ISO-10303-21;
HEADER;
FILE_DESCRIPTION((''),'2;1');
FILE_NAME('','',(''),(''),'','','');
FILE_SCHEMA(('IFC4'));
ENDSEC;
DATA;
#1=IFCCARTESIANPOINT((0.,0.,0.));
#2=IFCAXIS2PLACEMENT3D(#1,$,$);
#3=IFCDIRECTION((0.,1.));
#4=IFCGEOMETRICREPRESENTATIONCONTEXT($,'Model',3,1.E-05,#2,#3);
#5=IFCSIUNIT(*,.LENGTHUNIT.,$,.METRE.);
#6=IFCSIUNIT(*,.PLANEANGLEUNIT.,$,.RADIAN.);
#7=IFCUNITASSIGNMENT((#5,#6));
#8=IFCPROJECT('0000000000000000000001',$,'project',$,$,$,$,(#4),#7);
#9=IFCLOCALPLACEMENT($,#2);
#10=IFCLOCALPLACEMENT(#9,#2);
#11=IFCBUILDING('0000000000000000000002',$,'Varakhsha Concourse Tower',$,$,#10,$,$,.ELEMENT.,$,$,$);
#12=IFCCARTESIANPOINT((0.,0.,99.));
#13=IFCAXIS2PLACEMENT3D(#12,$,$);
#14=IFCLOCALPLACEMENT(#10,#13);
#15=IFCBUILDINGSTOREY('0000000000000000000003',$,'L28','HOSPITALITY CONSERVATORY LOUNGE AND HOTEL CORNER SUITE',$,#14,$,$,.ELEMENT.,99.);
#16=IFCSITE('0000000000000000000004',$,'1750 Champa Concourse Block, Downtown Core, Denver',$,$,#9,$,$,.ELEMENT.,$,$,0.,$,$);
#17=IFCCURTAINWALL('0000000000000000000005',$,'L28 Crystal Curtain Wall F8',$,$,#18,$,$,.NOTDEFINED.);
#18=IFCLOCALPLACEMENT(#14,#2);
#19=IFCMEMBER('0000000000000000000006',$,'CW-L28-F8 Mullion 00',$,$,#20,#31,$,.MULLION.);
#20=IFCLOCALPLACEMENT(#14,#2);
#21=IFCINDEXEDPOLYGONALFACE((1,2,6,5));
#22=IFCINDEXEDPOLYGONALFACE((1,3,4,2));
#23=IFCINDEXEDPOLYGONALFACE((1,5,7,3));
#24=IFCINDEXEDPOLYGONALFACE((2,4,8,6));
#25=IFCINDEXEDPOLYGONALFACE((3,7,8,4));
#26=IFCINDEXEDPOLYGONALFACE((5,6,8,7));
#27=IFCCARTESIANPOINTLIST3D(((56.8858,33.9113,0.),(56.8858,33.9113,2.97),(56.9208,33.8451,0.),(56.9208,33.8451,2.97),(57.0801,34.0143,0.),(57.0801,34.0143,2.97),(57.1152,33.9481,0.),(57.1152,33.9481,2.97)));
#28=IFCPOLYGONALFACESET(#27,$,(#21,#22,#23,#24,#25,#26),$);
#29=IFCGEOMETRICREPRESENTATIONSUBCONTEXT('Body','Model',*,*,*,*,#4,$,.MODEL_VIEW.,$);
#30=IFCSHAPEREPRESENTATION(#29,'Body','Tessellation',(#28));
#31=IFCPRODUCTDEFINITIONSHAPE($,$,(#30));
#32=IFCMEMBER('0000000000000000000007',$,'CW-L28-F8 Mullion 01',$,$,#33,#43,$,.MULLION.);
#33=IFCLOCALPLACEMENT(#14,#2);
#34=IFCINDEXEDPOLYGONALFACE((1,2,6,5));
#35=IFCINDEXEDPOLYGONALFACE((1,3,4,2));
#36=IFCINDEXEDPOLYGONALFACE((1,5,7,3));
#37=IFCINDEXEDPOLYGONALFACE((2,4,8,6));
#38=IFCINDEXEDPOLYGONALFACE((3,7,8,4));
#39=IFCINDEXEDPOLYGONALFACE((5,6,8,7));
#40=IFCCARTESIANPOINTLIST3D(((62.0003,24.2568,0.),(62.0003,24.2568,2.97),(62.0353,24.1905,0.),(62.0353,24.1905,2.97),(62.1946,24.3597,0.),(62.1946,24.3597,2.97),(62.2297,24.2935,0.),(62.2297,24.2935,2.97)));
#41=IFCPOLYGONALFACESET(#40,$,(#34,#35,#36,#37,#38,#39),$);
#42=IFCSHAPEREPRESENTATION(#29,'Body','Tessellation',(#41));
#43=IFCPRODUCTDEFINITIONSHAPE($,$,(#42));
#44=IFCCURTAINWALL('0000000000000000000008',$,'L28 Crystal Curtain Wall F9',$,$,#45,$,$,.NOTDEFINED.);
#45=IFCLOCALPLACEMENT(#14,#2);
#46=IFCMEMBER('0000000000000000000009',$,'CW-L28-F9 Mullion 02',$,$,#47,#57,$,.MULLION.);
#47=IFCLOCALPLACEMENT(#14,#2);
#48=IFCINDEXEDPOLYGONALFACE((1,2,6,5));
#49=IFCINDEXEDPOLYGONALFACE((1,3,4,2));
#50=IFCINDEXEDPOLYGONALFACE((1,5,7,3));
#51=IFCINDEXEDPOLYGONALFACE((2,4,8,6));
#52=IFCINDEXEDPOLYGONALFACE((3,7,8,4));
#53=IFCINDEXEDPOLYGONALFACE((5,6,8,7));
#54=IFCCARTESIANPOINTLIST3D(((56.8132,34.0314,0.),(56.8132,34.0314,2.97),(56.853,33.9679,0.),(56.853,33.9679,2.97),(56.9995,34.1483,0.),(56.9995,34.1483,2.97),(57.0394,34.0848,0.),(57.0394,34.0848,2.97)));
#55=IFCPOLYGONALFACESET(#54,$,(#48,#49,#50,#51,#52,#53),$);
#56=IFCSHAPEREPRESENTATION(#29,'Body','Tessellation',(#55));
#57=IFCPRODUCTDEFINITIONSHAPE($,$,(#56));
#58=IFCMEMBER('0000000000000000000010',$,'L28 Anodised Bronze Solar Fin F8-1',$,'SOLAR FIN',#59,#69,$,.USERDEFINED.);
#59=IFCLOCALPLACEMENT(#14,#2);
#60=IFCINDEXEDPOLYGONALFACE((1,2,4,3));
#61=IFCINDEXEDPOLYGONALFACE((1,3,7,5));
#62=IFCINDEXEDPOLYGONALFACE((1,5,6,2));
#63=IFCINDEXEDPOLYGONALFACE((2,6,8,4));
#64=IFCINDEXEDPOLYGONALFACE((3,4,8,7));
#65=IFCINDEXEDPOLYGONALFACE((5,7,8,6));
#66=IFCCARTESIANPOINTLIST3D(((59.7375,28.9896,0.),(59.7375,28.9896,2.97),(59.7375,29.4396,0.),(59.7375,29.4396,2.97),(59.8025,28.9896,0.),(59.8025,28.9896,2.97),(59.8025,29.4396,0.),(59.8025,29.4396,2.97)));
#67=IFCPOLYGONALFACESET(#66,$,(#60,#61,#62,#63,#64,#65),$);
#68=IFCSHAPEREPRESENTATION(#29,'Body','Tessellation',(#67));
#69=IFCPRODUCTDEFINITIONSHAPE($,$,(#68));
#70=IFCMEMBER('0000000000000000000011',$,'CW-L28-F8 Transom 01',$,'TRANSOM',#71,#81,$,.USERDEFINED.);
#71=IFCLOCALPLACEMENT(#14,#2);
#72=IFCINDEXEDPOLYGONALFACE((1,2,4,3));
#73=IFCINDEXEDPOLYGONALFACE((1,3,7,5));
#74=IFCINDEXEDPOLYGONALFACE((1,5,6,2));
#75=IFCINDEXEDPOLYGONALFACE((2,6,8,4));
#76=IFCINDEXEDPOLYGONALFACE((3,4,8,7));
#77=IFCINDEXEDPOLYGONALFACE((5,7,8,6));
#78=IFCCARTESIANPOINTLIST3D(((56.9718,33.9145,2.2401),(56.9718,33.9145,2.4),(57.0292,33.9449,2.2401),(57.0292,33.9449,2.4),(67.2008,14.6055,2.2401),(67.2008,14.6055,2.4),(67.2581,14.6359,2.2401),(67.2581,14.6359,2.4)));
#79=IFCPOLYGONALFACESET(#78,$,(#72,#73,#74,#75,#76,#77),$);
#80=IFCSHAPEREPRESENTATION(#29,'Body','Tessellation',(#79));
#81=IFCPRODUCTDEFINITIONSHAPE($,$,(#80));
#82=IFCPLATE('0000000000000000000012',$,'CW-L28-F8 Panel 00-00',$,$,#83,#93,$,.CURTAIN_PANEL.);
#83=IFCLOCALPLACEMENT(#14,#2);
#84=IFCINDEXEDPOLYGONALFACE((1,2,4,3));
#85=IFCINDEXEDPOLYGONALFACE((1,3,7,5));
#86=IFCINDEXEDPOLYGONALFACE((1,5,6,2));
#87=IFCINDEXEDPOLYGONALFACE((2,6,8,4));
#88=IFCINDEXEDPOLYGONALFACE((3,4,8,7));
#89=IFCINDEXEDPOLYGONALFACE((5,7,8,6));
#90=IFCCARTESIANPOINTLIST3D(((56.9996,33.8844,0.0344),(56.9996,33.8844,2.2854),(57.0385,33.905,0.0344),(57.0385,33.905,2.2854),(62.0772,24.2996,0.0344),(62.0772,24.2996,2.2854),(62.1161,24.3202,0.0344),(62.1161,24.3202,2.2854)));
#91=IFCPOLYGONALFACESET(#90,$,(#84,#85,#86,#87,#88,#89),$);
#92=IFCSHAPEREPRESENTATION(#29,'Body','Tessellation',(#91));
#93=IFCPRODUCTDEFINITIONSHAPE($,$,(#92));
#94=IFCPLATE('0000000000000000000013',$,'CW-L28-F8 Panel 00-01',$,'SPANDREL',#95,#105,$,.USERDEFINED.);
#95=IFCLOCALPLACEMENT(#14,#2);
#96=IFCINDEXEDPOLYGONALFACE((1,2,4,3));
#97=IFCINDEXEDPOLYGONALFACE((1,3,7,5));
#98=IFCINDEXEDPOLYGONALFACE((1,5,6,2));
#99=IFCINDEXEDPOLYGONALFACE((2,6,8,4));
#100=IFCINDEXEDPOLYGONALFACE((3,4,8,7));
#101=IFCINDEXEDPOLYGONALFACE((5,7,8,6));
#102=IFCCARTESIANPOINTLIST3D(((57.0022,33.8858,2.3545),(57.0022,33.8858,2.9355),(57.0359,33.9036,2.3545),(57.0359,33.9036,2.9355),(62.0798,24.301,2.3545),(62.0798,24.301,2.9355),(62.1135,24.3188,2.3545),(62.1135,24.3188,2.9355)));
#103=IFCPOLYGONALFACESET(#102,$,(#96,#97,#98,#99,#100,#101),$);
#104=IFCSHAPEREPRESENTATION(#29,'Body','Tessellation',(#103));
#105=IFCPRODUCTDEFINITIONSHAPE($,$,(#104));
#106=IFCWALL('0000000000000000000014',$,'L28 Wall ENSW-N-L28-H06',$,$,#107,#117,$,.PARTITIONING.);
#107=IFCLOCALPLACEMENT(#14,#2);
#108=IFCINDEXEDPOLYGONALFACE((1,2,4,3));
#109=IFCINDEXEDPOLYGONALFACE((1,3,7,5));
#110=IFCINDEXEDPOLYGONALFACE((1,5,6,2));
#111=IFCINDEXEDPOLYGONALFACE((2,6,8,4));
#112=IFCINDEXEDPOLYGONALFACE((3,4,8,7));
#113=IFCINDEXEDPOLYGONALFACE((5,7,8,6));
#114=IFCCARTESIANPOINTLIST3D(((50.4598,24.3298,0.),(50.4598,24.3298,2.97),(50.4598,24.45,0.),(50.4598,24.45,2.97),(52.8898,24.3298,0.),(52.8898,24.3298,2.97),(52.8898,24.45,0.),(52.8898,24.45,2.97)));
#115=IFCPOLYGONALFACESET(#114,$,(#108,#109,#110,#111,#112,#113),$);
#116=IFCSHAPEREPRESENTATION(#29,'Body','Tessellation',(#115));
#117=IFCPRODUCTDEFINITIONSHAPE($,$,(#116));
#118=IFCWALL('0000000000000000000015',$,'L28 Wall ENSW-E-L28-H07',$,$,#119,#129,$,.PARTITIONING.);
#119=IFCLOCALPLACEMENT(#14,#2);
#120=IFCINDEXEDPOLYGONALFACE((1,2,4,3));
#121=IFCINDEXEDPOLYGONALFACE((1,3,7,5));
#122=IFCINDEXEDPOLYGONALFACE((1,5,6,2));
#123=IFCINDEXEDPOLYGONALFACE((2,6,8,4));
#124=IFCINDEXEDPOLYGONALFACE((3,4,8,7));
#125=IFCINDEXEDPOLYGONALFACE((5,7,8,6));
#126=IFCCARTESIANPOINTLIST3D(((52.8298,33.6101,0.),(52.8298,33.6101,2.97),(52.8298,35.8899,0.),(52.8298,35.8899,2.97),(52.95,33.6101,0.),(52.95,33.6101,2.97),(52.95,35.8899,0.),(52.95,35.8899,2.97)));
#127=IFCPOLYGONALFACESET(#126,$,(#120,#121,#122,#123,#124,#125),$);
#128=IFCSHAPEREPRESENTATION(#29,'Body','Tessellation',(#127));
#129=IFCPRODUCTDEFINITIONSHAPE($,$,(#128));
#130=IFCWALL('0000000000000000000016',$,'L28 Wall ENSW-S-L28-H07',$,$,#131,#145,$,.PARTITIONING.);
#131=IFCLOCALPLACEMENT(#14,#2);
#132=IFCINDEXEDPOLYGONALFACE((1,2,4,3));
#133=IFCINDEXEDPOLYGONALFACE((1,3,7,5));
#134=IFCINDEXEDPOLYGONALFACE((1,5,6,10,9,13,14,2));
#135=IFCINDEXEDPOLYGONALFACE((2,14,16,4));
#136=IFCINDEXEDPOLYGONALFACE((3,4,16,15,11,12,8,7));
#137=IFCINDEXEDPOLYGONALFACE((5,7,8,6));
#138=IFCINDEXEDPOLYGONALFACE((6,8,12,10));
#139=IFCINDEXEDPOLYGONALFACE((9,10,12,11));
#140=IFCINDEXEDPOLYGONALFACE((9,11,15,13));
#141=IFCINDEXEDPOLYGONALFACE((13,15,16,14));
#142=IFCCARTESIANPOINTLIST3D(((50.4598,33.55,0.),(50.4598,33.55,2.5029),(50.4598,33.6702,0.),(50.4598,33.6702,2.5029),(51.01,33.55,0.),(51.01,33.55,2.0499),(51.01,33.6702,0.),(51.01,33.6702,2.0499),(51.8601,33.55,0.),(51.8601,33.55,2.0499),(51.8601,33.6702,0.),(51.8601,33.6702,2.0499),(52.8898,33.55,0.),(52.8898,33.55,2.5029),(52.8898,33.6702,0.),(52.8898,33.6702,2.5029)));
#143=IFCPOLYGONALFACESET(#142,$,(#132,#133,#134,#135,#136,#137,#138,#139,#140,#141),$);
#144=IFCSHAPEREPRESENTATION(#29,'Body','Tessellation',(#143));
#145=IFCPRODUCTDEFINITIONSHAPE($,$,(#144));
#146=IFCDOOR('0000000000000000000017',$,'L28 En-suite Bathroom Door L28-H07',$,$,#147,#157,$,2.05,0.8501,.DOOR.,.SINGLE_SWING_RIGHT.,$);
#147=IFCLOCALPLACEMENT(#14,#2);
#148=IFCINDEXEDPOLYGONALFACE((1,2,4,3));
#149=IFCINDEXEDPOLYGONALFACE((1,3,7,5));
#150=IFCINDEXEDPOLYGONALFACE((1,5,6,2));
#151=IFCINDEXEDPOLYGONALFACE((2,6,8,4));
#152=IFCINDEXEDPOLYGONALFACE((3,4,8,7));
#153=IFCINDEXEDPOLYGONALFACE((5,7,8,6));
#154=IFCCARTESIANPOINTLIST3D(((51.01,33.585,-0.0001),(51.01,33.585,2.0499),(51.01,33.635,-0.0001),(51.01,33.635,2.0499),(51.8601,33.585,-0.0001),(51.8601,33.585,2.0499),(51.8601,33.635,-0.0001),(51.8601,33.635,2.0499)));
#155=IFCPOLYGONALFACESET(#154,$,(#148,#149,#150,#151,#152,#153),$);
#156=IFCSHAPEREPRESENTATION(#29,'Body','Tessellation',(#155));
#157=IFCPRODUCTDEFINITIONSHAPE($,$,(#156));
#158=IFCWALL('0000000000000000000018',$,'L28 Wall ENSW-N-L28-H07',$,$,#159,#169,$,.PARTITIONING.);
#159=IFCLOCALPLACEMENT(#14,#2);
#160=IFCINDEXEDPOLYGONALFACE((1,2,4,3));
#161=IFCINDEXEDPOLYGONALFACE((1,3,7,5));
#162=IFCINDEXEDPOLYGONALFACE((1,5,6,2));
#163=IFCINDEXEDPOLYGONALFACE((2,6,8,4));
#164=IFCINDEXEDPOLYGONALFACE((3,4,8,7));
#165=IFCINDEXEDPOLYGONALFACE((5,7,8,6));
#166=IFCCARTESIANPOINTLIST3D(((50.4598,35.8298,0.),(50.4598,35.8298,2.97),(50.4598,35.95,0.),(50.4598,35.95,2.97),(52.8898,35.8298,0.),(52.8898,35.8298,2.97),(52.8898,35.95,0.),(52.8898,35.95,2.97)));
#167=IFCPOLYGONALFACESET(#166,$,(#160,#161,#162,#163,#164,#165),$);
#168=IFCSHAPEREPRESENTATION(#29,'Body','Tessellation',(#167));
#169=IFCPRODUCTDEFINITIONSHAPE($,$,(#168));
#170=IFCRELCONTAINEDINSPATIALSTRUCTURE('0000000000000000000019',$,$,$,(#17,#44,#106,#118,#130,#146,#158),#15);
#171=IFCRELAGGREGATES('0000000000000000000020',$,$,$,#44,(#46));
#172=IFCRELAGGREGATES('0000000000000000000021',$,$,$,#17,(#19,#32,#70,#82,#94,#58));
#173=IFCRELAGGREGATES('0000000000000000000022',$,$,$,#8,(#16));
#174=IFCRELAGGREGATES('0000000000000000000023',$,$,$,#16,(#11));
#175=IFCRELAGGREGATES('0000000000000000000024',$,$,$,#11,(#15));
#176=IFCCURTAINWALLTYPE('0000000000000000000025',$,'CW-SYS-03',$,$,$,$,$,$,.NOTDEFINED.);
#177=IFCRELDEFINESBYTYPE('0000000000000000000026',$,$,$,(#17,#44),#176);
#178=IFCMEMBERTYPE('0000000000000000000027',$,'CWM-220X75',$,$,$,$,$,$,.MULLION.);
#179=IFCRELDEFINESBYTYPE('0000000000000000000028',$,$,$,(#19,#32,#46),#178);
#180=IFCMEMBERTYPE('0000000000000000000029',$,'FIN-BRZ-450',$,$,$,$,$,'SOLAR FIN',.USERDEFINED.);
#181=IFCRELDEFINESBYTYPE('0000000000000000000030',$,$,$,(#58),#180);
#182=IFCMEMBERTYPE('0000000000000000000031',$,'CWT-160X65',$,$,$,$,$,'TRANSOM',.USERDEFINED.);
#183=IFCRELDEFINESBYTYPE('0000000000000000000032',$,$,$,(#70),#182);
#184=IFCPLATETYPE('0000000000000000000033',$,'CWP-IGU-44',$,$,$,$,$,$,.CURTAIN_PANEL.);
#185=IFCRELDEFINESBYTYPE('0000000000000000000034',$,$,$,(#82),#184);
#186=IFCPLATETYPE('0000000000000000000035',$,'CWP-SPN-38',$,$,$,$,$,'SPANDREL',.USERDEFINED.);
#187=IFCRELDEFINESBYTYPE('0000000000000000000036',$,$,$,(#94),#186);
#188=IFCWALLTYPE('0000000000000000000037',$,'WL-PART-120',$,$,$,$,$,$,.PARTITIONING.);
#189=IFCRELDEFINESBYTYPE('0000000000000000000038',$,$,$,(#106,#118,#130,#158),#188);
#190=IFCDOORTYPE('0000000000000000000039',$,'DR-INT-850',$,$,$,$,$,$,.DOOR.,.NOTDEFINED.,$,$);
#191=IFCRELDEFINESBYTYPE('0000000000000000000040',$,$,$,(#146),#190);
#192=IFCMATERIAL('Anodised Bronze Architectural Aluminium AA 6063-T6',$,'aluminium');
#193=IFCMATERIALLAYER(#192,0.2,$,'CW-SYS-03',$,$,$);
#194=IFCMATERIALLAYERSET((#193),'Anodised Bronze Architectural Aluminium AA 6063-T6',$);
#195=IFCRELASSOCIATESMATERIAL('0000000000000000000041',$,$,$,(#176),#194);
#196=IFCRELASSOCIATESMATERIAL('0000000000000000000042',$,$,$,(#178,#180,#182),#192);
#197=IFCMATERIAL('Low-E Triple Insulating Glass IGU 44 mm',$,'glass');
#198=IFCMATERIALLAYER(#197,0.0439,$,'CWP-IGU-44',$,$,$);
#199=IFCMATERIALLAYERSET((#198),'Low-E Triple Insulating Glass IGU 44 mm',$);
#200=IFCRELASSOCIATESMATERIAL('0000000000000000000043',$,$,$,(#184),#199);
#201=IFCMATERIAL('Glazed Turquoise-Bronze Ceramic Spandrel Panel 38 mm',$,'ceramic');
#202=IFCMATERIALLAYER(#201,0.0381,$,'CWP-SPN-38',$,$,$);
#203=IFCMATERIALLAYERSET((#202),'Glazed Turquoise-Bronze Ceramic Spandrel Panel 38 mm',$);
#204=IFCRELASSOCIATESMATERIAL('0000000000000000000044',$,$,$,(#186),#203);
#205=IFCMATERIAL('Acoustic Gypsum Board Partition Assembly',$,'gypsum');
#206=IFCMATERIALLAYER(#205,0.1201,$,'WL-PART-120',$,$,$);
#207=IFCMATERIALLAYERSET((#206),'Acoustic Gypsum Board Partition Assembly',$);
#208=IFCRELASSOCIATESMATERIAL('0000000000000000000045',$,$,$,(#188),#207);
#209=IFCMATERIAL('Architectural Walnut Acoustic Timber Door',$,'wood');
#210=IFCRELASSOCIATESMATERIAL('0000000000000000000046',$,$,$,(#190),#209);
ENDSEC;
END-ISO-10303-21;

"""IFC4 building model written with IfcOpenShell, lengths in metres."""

from ifc_helpers import new_model, si_unit, direction, frame, frame_2d, origin, origin_2d, place, context, subcontext, project, spatial, rectangle, extrude, source, transform, mapped, material, layer, layer_set, material_profile, profile_set, type_object, type_shapes, element, fill, aggregate, save


model = new_model("IFC4")

# Units and contexts
model_context = context("Model", 3, precision=1e-05, world=origin(), true_north=direction((0.0, 1.0)))
body_context = subcontext(model_context, "Body", "Model", "MODEL_VIEW")
ifc_project = project(units=[si_unit("LENGTHUNIT", "METRE"), si_unit("PLANEANGLEUNIT", "RADIAN")], contexts=[model_context])

# Site, building, storey
site_placement = place(None, origin())
site = spatial("IfcSite", under=ifc_project, at=site_placement, Name="1750 Champa Concourse Block, Downtown Core, Denver", CompositionType="ELEMENT", RefElevation=0.0)
building_placement = place(site_placement, origin())
building = spatial("IfcBuilding", under=site, at=building_placement, Name="Varakhsha Concourse Tower", CompositionType="ELEMENT")
storey_placement = place(building_placement, frame((0.0, 0.0, 99.0)))
storey = spatial("IfcBuildingStorey", under=building, at=storey_placement, Name="L28", Description="HOSPITALITY CONSERVATORY LOUNGE AND HOTEL CORNER SUITE", CompositionType="ELEMENT", Elevation=99.0)

# Curtain wall, members
ifc_material_1 = material(Name="Anodised Bronze Architectural Aluminium AA 6063-T6", Category="aluminium")
ifc_layer_1 = layer(ifc_material_1, 0.2, Name="CW-SYS-03")
ifc_layer_set_1 = layer_set([ifc_layer_1], Name="Anodised Bronze Architectural Aluminium AA 6063-T6")
curtain_wall_type = type_object("IfcCurtainWallType", Name="CW-SYS-03", PredefinedType="NOTDEFINED", material=ifc_layer_set_1)
curtain_wall_1_placement = place(storey_placement, origin())
curtain_wall_1 = element("IfcCurtainWall", 1, at=curtain_wall_1_placement, inside=storey, type_object=curtain_wall_type, Name="L28 Crystal Curtain Wall F8", PredefinedType="NOTDEFINED")
ifc_material_profile_1 = material_profile(ifc_material_1, rectangle(XDim=0.075, YDim=0.22, at=origin_2d()), Name="CWM-220X75")
ifc_profile_set_1 = profile_set([ifc_material_profile_1], Name="Anodised Bronze Architectural Aluminium AA 6063-T6")
member_type_1 = type_object("IfcMemberType", Name="CWM-220X75", PredefinedType="MULLION", material=ifc_profile_set_1)
shared_shape_1 = source(origin(), body_context, "Body", "SweptSolid", [
    extrude(rectangle(XDim=0.075, YDim=0.22, at=origin_2d()), origin(), (0.0, 0.0, 1.0), 2.97),
])
type_shapes(member_type_1, [shared_shape_1])
member_1_placement = place(storey_placement, frame((57.0005, 33.9297, 0.0), z_axis=(0.0, 0.0, 1.0), x_axis=(0.468124, -0.883663, 0.0)))
member_1 = element("IfcMember", 2, at=member_1_placement, type_object=member_type_1, Name="CW-L28-F8 Mullion 00", PredefinedType="MULLION", context=body_context, shape_type="MappedRepresentation", body=[
    mapped(shared_shape_1, transform((0.0, 0.0, 0.0), scale=1.0)),
])
member_2_placement = place(storey_placement, frame((62.115, 24.2751, 0.0), z_axis=(0.0, 0.0, 1.0), x_axis=(0.468124, -0.883663, 0.0)))
member_2 = element("IfcMember", 3, at=member_2_placement, type_object=member_type_1, Name="CW-L28-F8 Mullion 01", PredefinedType="MULLION", context=body_context, shape_type="MappedRepresentation", body=[
    mapped(shared_shape_1, transform((0.0, 0.0, 0.0), scale=1.0)),
])

# Curtain wall, member
curtain_wall_2_placement = place(storey_placement, origin())
curtain_wall_2 = element("IfcCurtainWall", 4, at=curtain_wall_2_placement, inside=storey, type_object=curtain_wall_type, Name="L28 Crystal Curtain Wall F9", PredefinedType="NOTDEFINED")
member_3_placement = place(storey_placement, frame((56.9263, 34.0581, 0.0), z_axis=(0.0, 0.0, 1.0), x_axis=(0.531209, -0.847241, 0.0)))
member_3 = element("IfcMember", 5, at=member_3_placement, type_object=member_type_1, Name="CW-L28-F9 Mullion 02", PredefinedType="MULLION", context=body_context, shape_type="MappedRepresentation", body=[
    mapped(shared_shape_1, transform((0.0, 0.0, 0.0), scale=1.0)),
])
aggregate(curtain_wall_2, [member_3])

# Members
ifc_material_profile_2 = material_profile(ifc_material_1, rectangle(XDim=0.0649, YDim=0.45, at=origin_2d()), Name="FIN-BRZ-450")
ifc_profile_set_2 = profile_set([ifc_material_profile_2], Name="Anodised Bronze Architectural Aluminium AA 6063-T6")
member_type_2 = type_object("IfcMemberType", Name="FIN-BRZ-450", ElementType="SOLAR FIN", PredefinedType="USERDEFINED", material=ifc_profile_set_2)
shared_shape_2 = source(origin(), body_context, "Body", "SweptSolid", [
    extrude(rectangle(XDim=0.0649, YDim=0.45, at=origin_2d()), origin(), (0.0, 0.0, 1.0), 2.97),
])
type_shapes(member_type_2, [shared_shape_2])
member_4_placement = place(storey_placement, frame((59.77, 29.2146, 0.0), z_axis=(0.0, 0.0, 1.0), x_axis=(1.0, 0.0, 0.0)))
member_4 = element("IfcMember", 6, at=member_4_placement, type_object=member_type_2, Name="L28 Anodised Bronze Solar Fin F8-1", ObjectType="SOLAR FIN", PredefinedType="USERDEFINED", context=body_context, shape_type="MappedRepresentation", body=[
    mapped(shared_shape_2, transform((0.0, 0.0, 0.0), scale=1.0)),
])
ifc_material_profile_3 = material_profile(ifc_material_1, rectangle(XDim=0.0649, YDim=0.1599, at=origin_2d()), Name="CWT-160X65")
ifc_profile_set_3 = profile_set([ifc_material_profile_3], Name="Anodised Bronze Architectural Aluminium AA 6063-T6")
member_type_3 = type_object("IfcMemberType", Name="CWT-160X65", ElementType="TRANSOM", PredefinedType="USERDEFINED", material=ifc_profile_set_3)
shared_shape_3 = source(origin(), body_context, "Body", "SweptSolid", [
    extrude(rectangle(XDim=0.0649, YDim=0.1599, at=origin_2d()), origin(), (0.0, 0.0, 1.0), 21.8511),
])
type_shapes(member_type_3, [shared_shape_3])
member_5_placement = place(storey_placement, frame((57.0005, 33.9297, 2.3201), z_axis=(0.468122, -0.883664, 0.0), x_axis=(0.883664, 0.468122, 0.0)))
member_5 = element("IfcMember", 7, at=member_5_placement, type_object=member_type_3, Name="CW-L28-F8 Transom 01", ObjectType="TRANSOM", PredefinedType="USERDEFINED", context=body_context, shape_type="MappedRepresentation", body=[
    mapped(shared_shape_3, transform((0.0, 0.0, 0.0), scale=1.0)),
])

# Plates
ifc_material_2 = material(Name="Low-E Triple Insulating Glass IGU 44 mm", Category="glass")
ifc_layer_2 = layer(ifc_material_2, 0.0439, Name="CWP-IGU-44")
ifc_layer_set_2 = layer_set([ifc_layer_2], Name="Low-E Triple Insulating Glass IGU 44 mm")
plate_type_1 = type_object("IfcPlateType", Name="CWP-IGU-44", PredefinedType="CURTAIN_PANEL", material=ifc_layer_set_2)
shared_shape_4 = source(origin(), body_context, "Body", "SweptSolid", [
    extrude(rectangle(XDim=10.8467, YDim=0.0439, at=origin_2d()), origin(), (0.0, 0.0, 1.0), 2.251),
])
type_shapes(plate_type_1, [shared_shape_4])
plate_1_placement = place(storey_placement, frame((59.5579, 29.1023, 0.0344), z_axis=(0.0, 0.0, 1.0), x_axis=(0.468124, -0.883663, 0.0)))
plate_1 = element("IfcPlate", 8, at=plate_1_placement, type_object=plate_type_1, Name="CW-L28-F8 Panel 00-00", PredefinedType="CURTAIN_PANEL", context=body_context, shape_type="MappedRepresentation", body=[
    mapped(shared_shape_4, transform((0.0, 0.0, 0.0), scale=1.0)),
])
ifc_material_3 = material(Name="Glazed Turquoise-Bronze Ceramic Spandrel Panel 38 mm", Category="ceramic")
ifc_layer_3 = layer(ifc_material_3, 0.0381, Name="CWP-SPN-38")
ifc_layer_set_3 = layer_set([ifc_layer_3], Name="Glazed Turquoise-Bronze Ceramic Spandrel Panel 38 mm")
plate_type_2 = type_object("IfcPlateType", Name="CWP-SPN-38", ElementType="SPANDREL", PredefinedType="USERDEFINED", material=ifc_layer_set_3)
shared_shape_5 = source(origin(), body_context, "Body", "SweptSolid", [
    extrude(rectangle(XDim=10.8467, YDim=0.0381, at=origin_2d()), origin(), (0.0, 0.0, 1.0), 0.5811),
])
type_shapes(plate_type_2, [shared_shape_5])
plate_2_placement = place(storey_placement, frame((59.5579, 29.1023, 2.3545), z_axis=(0.0, 0.0, 1.0), x_axis=(0.468124, -0.883663, 0.0)))
plate_2 = element("IfcPlate", 9, at=plate_2_placement, type_object=plate_type_2, Name="CW-L28-F8 Panel 00-01", ObjectType="SPANDREL", PredefinedType="USERDEFINED", context=body_context, shape_type="MappedRepresentation", body=[
    mapped(shared_shape_5, transform((0.0, 0.0, 0.0), scale=1.0)),
])
aggregate(curtain_wall_1, [member_1, member_2, member_5, plate_1, plate_2, member_4])

# Walls
ifc_material_4 = material(Name="Acoustic Gypsum Board Partition Assembly", Category="gypsum")
ifc_layer_4 = layer(ifc_material_4, 0.1201, Name="WL-PART-120")
ifc_layer_set_4 = layer_set([ifc_layer_4], Name="Acoustic Gypsum Board Partition Assembly")
wall_type_1 = type_object("IfcWallType", Name="WL-PART-120", PredefinedType="PARTITIONING", material=ifc_layer_set_4)
wall_1_placement = place(storey_placement, frame((50.46, 24.3899, 0.0), z_axis=(0.0, 0.0, 1.0), x_axis=(1.0, 0.0, 0.0)))
element("IfcWall", 10, at=wall_1_placement, inside=storey, type_object=wall_type_1, Name="L28 Wall ENSW-N-L28-H06", PredefinedType="PARTITIONING", context=body_context, shape_type="SweptSolid", body=[
    extrude(rectangle(XDim=2.4299, YDim=0.1201, at=frame_2d((1.2148, 0.0))), origin(), (0.0, 0.0, 1.0), 2.97),
])
wall_2_placement = place(storey_placement, frame((52.8899, 33.6101, 0.0), z_axis=(0.0, 0.0, 1.0), x_axis=(0.0, 1.0, 0.0)))
element("IfcWall", 11, at=wall_2_placement, inside=storey, type_object=wall_type_1, Name="L28 Wall ENSW-E-L28-H07", PredefinedType="PARTITIONING", context=body_context, shape_type="SweptSolid", body=[
    extrude(rectangle(XDim=2.2798, YDim=0.1201, at=frame_2d((1.1399, 0.0))), origin(), (0.0, 0.0, 1.0), 2.97),
])

# Wall, opening, door
wall_3_placement = place(storey_placement, frame((50.46, 33.6101, 0.0), z_axis=(0.0, 0.0, 1.0), x_axis=(1.0, 0.0, 0.0)))
wall_3 = element("IfcWall", 12, at=wall_3_placement, inside=storey, type_object=wall_type_1, Name="L28 Wall ENSW-S-L28-H07", PredefinedType="PARTITIONING", context=body_context, shape_type="SweptSolid", body=[
    extrude(rectangle(XDim=2.4299, YDim=0.1201, at=frame_2d((1.2148, 0.0))), origin(), (0.0, 0.0, 1.0), 2.5029),
])
opening_placement = place(wall_3_placement, frame((0.55, 0.0, 0.0)))
opening = element("IfcOpeningElement", 13, at=opening_placement, cuts=wall_3, PredefinedType="OPENING", context=body_context, shape_type="SweptSolid", body=[
    extrude(rectangle(XDim=0.8501, YDim=2.05, at=frame_2d((0.425, 1.0249))), frame((0.0, 0.0701, 0.0), z_axis=(0.0, -1.0, 0.0), x_axis=(1.0, 0.0, 0.0)), (0.0, 0.0, 1.0), 0.1401),
])
ifc_material_5 = material(Name="Architectural Walnut Acoustic Timber Door", Category="wood")
door_type = type_object("IfcDoorType", Name="DR-INT-850", OperationType="NOTDEFINED", PredefinedType="DOOR", material=ifc_material_5)
door_placement = place(opening_placement, origin())
door = element("IfcDoor", 14, at=door_placement, inside=storey, type_object=door_type, Name="L28 En-suite Bathroom Door L28-H07", OperationType="SINGLE_SWING_RIGHT", OverallHeight=2.05, OverallWidth=0.8501, PredefinedType="DOOR", context=body_context, shape_type="SweptSolid", body=[
    extrude(rectangle(XDim=0.8501, YDim=2.05, at=frame_2d((0.425, 1.0249))), frame((0.0, 0.0249, 0.0), z_axis=(0.0, -1.0, 0.0), x_axis=(1.0, 0.0, 0.0)), (0.0, 0.0, 1.0), 0.05),
])
fill(opening, door)

# Wall
wall_4_placement = place(storey_placement, frame((50.46, 35.8899, 0.0), z_axis=(0.0, 0.0, 1.0), x_axis=(1.0, 0.0, 0.0)))
element("IfcWall", 15, at=wall_4_placement, inside=storey, type_object=wall_type_1, Name="L28 Wall ENSW-N-L28-H07", PredefinedType="PARTITIONING", context=body_context, shape_type="SweptSolid", body=[
    extrude(rectangle(XDim=2.4299, YDim=0.1201, at=frame_2d((1.2148, 0.0))), origin(), (0.0, 0.0, 1.0), 2.97),
])

save(model, "model.ifc")
